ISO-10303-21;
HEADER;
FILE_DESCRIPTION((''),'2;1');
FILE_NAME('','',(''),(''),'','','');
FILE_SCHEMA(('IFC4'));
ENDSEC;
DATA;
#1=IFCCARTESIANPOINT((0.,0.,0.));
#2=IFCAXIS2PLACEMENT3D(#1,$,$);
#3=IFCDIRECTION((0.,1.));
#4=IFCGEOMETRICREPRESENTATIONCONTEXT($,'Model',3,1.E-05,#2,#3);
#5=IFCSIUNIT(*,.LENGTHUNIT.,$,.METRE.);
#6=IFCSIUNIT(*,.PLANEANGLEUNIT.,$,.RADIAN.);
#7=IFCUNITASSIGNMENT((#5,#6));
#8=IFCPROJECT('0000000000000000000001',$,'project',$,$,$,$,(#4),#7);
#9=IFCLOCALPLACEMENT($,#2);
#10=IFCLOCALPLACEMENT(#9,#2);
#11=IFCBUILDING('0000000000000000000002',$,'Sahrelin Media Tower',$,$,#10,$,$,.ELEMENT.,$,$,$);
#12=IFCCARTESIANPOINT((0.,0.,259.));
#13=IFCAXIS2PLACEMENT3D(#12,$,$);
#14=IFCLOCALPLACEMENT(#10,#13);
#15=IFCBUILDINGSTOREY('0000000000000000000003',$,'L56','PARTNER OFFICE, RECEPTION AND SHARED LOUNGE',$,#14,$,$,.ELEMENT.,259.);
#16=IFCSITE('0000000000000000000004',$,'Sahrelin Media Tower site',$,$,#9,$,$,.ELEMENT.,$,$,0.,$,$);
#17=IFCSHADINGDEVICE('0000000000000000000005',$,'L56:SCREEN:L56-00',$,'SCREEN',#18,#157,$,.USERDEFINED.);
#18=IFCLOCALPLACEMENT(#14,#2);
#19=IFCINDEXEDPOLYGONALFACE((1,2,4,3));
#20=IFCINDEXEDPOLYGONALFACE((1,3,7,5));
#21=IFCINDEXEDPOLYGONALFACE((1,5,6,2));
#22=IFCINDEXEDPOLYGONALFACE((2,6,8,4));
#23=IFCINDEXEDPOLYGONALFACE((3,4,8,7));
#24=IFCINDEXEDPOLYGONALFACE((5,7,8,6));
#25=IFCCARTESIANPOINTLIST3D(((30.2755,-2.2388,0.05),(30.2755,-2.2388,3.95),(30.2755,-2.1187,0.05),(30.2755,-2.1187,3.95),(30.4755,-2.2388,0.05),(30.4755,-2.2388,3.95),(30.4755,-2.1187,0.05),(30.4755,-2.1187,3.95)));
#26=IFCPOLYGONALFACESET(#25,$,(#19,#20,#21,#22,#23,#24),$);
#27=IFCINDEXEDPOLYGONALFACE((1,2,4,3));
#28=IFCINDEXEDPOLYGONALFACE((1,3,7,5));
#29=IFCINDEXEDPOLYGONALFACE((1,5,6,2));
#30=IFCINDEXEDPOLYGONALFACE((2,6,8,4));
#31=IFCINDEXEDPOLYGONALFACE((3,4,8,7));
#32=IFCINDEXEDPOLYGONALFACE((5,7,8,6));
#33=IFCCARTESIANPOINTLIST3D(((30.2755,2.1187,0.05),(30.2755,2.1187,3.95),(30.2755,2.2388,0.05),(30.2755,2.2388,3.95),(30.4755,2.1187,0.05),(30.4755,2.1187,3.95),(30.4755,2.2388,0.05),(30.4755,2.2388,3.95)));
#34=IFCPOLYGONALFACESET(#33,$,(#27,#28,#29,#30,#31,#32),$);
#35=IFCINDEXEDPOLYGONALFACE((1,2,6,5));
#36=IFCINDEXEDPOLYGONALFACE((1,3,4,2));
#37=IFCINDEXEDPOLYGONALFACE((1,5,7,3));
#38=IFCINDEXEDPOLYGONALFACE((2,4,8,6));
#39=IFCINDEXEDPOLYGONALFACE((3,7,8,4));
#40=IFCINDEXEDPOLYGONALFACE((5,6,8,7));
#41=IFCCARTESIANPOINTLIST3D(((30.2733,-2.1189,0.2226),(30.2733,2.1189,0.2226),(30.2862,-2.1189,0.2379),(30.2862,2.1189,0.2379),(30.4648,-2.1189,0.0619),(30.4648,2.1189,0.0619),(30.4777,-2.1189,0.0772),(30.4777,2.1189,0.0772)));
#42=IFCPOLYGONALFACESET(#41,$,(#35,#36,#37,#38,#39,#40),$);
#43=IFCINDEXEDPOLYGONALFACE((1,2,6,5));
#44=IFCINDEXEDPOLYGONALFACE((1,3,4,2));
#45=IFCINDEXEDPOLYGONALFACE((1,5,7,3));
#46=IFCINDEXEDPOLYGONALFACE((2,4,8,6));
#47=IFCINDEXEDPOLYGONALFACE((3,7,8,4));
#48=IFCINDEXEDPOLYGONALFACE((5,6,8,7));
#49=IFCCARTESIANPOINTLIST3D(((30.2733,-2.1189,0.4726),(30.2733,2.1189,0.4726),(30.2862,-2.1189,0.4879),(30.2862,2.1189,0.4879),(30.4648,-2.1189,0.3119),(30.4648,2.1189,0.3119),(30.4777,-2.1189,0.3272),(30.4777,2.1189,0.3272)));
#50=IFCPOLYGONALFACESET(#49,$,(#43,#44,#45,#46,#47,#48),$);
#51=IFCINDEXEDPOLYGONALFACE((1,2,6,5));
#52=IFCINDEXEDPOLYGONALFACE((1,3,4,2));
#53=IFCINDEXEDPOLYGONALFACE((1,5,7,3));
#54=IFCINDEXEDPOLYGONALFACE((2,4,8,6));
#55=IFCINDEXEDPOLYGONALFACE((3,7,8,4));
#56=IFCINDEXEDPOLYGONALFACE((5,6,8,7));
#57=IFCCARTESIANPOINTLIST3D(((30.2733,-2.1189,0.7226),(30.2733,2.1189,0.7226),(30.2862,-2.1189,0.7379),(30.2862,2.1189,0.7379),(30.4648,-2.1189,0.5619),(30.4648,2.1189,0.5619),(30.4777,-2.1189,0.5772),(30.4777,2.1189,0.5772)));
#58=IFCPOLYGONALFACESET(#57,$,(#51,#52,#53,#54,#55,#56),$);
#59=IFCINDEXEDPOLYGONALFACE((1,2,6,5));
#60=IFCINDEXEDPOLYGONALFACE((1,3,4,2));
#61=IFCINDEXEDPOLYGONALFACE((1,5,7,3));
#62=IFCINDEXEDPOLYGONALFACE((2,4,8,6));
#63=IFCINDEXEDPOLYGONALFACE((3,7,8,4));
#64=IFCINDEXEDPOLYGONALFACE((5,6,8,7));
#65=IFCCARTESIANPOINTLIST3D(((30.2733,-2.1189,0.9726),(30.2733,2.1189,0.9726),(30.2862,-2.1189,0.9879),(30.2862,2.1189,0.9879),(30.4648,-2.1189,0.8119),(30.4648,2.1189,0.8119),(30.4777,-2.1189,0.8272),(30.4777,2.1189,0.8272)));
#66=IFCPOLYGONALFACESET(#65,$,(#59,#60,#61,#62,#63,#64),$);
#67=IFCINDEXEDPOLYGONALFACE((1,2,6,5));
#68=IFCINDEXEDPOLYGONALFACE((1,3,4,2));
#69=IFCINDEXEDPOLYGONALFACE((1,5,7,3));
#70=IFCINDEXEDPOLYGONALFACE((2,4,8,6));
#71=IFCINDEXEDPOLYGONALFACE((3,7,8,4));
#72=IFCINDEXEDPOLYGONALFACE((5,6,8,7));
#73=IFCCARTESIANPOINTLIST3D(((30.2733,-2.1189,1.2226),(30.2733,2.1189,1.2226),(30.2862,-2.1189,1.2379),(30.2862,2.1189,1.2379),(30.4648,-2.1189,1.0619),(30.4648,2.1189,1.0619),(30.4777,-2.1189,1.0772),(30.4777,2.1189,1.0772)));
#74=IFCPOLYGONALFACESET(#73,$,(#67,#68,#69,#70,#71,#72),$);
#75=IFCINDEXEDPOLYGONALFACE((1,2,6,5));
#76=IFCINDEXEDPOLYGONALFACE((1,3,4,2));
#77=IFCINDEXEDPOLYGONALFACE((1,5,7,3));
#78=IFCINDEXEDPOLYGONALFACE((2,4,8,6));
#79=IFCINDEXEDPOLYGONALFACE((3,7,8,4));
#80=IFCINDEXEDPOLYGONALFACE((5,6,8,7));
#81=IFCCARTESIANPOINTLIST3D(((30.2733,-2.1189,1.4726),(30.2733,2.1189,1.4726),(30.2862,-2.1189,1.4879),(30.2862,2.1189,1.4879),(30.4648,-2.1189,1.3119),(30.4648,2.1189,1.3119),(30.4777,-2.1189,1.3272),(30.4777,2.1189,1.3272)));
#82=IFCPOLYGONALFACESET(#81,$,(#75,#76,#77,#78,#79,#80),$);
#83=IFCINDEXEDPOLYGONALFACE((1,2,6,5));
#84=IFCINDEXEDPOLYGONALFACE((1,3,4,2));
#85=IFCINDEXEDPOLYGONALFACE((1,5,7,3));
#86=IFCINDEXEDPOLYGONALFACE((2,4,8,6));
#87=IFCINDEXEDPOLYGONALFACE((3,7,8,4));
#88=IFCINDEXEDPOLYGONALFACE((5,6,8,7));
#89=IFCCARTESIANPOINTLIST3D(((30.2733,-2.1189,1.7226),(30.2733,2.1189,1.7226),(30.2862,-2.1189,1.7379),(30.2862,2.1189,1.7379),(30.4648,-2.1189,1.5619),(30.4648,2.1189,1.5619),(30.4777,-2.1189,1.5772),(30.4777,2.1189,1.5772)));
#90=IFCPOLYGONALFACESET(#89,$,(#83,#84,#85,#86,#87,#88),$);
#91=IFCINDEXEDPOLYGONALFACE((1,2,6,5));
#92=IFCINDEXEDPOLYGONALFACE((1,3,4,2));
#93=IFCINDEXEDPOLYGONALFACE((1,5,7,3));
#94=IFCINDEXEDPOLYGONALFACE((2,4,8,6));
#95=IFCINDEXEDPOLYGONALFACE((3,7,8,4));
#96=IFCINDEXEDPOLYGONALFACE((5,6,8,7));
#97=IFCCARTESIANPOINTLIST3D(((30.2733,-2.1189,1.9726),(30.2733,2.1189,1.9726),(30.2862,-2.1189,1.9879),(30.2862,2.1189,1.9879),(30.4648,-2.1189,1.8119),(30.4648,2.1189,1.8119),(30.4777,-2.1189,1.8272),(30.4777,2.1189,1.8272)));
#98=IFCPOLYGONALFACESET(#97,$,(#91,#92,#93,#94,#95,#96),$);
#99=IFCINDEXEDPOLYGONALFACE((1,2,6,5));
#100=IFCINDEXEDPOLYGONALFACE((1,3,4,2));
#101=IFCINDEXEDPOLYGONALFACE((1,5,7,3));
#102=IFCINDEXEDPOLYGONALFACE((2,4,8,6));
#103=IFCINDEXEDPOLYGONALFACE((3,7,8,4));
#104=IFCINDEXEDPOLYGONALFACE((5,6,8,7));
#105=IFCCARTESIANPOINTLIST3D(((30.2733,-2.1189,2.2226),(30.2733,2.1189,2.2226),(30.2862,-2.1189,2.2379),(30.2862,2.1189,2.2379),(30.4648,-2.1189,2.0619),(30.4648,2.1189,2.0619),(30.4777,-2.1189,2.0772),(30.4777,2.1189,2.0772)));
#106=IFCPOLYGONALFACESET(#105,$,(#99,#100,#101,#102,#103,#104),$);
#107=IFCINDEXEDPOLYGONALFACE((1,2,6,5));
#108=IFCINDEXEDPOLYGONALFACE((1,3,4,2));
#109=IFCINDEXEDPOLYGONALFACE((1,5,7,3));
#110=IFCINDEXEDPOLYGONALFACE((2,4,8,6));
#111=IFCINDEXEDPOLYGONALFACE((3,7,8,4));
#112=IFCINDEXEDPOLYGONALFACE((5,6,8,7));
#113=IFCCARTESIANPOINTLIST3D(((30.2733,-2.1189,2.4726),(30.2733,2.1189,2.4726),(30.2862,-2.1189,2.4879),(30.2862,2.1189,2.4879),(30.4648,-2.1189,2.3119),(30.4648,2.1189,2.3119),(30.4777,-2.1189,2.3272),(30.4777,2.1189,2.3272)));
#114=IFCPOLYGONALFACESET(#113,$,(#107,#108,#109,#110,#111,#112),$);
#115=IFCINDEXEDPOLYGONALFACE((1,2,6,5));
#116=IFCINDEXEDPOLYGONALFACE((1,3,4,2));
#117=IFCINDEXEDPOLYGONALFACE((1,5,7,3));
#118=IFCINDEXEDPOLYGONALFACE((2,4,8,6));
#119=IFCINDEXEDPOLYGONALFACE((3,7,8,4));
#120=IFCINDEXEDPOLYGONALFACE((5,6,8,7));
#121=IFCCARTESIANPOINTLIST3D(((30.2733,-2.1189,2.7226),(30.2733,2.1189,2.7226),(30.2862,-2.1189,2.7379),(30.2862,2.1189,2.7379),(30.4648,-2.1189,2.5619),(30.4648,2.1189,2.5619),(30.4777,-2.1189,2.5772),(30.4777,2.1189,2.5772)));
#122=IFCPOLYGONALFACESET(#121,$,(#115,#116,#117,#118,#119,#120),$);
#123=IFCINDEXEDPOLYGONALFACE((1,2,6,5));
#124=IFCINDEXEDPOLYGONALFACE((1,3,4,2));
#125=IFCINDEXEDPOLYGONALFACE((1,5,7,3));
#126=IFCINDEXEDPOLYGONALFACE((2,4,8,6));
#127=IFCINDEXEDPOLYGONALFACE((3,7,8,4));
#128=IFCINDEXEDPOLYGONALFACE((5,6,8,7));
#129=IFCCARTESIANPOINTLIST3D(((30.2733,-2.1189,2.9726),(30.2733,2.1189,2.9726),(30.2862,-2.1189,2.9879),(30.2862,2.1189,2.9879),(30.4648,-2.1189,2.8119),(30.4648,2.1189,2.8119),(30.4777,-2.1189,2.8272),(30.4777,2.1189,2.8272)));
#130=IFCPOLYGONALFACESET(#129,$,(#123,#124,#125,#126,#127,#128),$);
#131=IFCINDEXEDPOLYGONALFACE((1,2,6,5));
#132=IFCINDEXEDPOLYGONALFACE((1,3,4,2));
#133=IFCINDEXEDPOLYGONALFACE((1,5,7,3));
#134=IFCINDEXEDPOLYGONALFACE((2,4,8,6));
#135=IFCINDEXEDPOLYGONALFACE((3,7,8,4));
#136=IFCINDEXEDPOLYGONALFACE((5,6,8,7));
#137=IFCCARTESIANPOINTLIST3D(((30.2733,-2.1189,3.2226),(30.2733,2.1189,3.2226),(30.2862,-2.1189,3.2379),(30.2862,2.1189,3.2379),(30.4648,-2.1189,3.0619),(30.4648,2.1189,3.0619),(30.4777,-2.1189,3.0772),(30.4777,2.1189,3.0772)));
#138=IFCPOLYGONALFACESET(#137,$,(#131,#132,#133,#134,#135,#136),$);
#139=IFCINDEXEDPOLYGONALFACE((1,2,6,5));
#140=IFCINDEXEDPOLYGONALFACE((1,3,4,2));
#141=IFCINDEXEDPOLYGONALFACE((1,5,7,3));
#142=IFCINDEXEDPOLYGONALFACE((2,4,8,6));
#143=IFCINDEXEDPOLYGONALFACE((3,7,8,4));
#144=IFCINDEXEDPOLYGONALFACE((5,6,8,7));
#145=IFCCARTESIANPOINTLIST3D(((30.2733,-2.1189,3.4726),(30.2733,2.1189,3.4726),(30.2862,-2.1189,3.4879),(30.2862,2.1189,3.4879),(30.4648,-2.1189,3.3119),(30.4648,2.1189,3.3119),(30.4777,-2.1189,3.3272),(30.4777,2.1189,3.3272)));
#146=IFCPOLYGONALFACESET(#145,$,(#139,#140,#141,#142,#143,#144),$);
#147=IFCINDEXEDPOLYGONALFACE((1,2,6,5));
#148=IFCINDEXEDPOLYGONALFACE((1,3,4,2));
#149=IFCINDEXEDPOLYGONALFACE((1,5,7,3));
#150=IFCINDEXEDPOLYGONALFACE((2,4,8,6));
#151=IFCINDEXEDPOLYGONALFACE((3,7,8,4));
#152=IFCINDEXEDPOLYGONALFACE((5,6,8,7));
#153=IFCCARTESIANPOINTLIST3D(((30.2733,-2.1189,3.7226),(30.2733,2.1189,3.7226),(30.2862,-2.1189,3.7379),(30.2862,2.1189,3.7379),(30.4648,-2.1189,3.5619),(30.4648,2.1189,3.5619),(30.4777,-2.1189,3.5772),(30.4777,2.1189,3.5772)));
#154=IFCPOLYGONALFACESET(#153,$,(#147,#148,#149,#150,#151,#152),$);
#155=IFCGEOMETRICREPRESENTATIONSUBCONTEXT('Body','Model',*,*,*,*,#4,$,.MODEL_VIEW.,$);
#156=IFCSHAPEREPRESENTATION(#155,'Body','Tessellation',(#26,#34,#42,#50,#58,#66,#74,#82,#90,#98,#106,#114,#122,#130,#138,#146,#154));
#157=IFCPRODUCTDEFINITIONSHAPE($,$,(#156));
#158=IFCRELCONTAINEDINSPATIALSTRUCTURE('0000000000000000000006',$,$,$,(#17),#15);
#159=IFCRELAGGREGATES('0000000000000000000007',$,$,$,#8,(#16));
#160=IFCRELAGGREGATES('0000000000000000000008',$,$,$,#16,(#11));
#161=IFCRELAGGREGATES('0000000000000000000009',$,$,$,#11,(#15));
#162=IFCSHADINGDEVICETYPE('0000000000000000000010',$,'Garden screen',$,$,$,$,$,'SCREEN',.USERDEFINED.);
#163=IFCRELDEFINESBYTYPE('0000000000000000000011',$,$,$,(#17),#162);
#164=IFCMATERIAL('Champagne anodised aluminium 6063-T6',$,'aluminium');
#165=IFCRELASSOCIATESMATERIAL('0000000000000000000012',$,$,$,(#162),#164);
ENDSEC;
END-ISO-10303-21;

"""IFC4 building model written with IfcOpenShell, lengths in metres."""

from ifc_helpers import new_model, si_unit, direction, frame, origin, origin_2d, place, context, subcontext, project, spatial, rectangle, extrude, material, type_object, element, save


model = new_model("IFC4")

# Units and contexts
model_context = context("Model", 3, precision=1e-05, world=origin(), true_north=direction((0.0, 1.0)))
body_context = subcontext(model_context, "Body", "Model", "MODEL_VIEW")
ifc_project = project(units=[si_unit("LENGTHUNIT", "METRE"), si_unit("PLANEANGLEUNIT", "RADIAN")], contexts=[model_context])

# Site, building, storey
site_placement = place(None, origin())
site = spatial("IfcSite", under=ifc_project, at=site_placement, Name="Sahrelin Media Tower site", CompositionType="ELEMENT", RefElevation=0.0)
building_placement = place(site_placement, origin())
building = spatial("IfcBuilding", under=site, at=building_placement, Name="Sahrelin Media Tower", CompositionType="ELEMENT")
storey_placement = place(building_placement, frame((0.0, 0.0, 259.0)))
storey = spatial("IfcBuildingStorey", under=building, at=storey_placement, Name="L56", Description="PARTNER OFFICE, RECEPTION AND SHARED LOUNGE", CompositionType="ELEMENT", Elevation=259.0)

# Shared definitions
ifc_material_1 = material(Name="Champagne anodised aluminium 6063-T6", Category="aluminium")

# Shading device
shading_device_type_1 = type_object("IfcShadingDeviceType", Name="Garden screen", ElementType="SCREEN", PredefinedType="USERDEFINED", material=ifc_material_1)
shading_device_1_placement = place(storey_placement, frame((30.2754, 0.0, 0.0), z_axis=(0.0, 0.0, 1.0), x_axis=(0.0, -1.0, 0.0)))
element("IfcShadingDevice", 1, at=shading_device_1_placement, inside=storey, type_object=shading_device_type_1, Name="L56:SCREEN:L56-00", ObjectType="SCREEN", PredefinedType="USERDEFINED", context=body_context, shape_type="SweptSolid", body=[
    extrude(rectangle(XDim=0.1201, YDim=0.2, at=origin_2d()), frame((2.1787, 0.1001, 0.05), z_axis=(0.0, 0.0, 1.0), x_axis=(1.0, 0.0, 0.0)), (0.0, 0.0, 1.0), 3.8999),
    extrude(rectangle(XDim=0.1201, YDim=0.2, at=origin_2d()), frame((-2.1787, 0.1001, 0.05), z_axis=(0.0, 0.0, 1.0), x_axis=(1.0, 0.0, 0.0)), (0.0, 0.0, 1.0), 3.8999),
    extrude(rectangle(XDim=0.25, YDim=0.02, at=origin_2d()), frame((2.1189, 0.1001, 0.1499), z_axis=(-1.0, 0.0, 0.0), x_axis=(0.0, -0.766044, 0.642788)), (0.0, 0.0, 1.0), 4.2378),
    extrude(rectangle(XDim=0.25, YDim=0.02, at=origin_2d()), frame((2.1189, 0.1001, 0.3999), z_axis=(-1.0, 0.0, 0.0), x_axis=(0.0, -0.766044, 0.642788)), (0.0, 0.0, 1.0), 4.2378),
    extrude(rectangle(XDim=0.25, YDim=0.02, at=origin_2d()), frame((2.1189, 0.1001, 0.6499), z_axis=(-1.0, 0.0, 0.0), x_axis=(0.0, -0.766044, 0.642788)), (0.0, 0.0, 1.0), 4.2378),
    extrude(rectangle(XDim=0.25, YDim=0.02, at=origin_2d()), frame((2.1189, 0.1001, 0.8999), z_axis=(-1.0, 0.0, 0.0), x_axis=(0.0, -0.766044, 0.642788)), (0.0, 0.0, 1.0), 4.2378),
    extrude(rectangle(XDim=0.25, YDim=0.02, at=origin_2d()), frame((2.1189, 0.1001, 1.1499), z_axis=(-1.0, 0.0, 0.0), x_axis=(0.0, -0.766044, 0.642788)), (0.0, 0.0, 1.0), 4.2378),
    extrude(rectangle(XDim=0.25, YDim=0.02, at=origin_2d()), frame((2.1189, 0.1001, 1.3999), z_axis=(-1.0, 0.0, 0.0), x_axis=(0.0, -0.766044, 0.642788)), (0.0, 0.0, 1.0), 4.2378),
    extrude(rectangle(XDim=0.25, YDim=0.02, at=origin_2d()), frame((2.1189, 0.1001, 1.6499), z_axis=(-1.0, 0.0, 0.0), x_axis=(0.0, -0.766044, 0.642788)), (0.0, 0.0, 1.0), 4.2378),
    extrude(rectangle(XDim=0.25, YDim=0.02, at=origin_2d()), frame((2.1189, 0.1001, 1.8999), z_axis=(-1.0, 0.0, 0.0), x_axis=(0.0, -0.766044, 0.642788)), (0.0, 0.0, 1.0), 4.2378),
    extrude(rectangle(XDim=0.25, YDim=0.02, at=origin_2d()), frame((2.1189, 0.1001, 2.1499), z_axis=(-1.0, 0.0, 0.0), x_axis=(0.0, -0.766044, 0.642788)), (0.0, 0.0, 1.0), 4.2378),
    extrude(rectangle(XDim=0.25, YDim=0.02, at=origin_2d()), frame((2.1189, 0.1001, 2.3999), z_axis=(-1.0, 0.0, 0.0), x_axis=(0.0, -0.766044, 0.642788)), (0.0, 0.0, 1.0), 4.2378),
    extrude(rectangle(XDim=0.25, YDim=0.02, at=origin_2d()), frame((2.1189, 0.1001, 2.6499), z_axis=(-1.0, 0.0, 0.0), x_axis=(0.0, -0.766044, 0.642788)), (0.0, 0.0, 1.0), 4.2378),
    extrude(rectangle(XDim=0.25, YDim=0.02, at=origin_2d()), frame((2.1189, 0.1001, 2.8999), z_axis=(-1.0, 0.0, 0.0), x_axis=(0.0, -0.766044, 0.642788)), (0.0, 0.0, 1.0), 4.2378),
    extrude(rectangle(XDim=0.25, YDim=0.02, at=origin_2d()), frame((2.1189, 0.1001, 3.1499), z_axis=(-1.0, 0.0, 0.0), x_axis=(0.0, -0.766044, 0.642788)), (0.0, 0.0, 1.0), 4.2378),
    extrude(rectangle(XDim=0.25, YDim=0.02, at=origin_2d()), frame((2.1189, 0.1001, 3.3999), z_axis=(-1.0, 0.0, 0.0), x_axis=(0.0, -0.766044, 0.642788)), (0.0, 0.0, 1.0), 4.2378),
    extrude(rectangle(XDim=0.25, YDim=0.02, at=origin_2d()), frame((2.1189, 0.1001, 3.6499), z_axis=(-1.0, 0.0, 0.0), x_axis=(0.0, -0.766044, 0.642788)), (0.0, 0.0, 1.0), 4.2378),
])

save(model, "model.ifc")
